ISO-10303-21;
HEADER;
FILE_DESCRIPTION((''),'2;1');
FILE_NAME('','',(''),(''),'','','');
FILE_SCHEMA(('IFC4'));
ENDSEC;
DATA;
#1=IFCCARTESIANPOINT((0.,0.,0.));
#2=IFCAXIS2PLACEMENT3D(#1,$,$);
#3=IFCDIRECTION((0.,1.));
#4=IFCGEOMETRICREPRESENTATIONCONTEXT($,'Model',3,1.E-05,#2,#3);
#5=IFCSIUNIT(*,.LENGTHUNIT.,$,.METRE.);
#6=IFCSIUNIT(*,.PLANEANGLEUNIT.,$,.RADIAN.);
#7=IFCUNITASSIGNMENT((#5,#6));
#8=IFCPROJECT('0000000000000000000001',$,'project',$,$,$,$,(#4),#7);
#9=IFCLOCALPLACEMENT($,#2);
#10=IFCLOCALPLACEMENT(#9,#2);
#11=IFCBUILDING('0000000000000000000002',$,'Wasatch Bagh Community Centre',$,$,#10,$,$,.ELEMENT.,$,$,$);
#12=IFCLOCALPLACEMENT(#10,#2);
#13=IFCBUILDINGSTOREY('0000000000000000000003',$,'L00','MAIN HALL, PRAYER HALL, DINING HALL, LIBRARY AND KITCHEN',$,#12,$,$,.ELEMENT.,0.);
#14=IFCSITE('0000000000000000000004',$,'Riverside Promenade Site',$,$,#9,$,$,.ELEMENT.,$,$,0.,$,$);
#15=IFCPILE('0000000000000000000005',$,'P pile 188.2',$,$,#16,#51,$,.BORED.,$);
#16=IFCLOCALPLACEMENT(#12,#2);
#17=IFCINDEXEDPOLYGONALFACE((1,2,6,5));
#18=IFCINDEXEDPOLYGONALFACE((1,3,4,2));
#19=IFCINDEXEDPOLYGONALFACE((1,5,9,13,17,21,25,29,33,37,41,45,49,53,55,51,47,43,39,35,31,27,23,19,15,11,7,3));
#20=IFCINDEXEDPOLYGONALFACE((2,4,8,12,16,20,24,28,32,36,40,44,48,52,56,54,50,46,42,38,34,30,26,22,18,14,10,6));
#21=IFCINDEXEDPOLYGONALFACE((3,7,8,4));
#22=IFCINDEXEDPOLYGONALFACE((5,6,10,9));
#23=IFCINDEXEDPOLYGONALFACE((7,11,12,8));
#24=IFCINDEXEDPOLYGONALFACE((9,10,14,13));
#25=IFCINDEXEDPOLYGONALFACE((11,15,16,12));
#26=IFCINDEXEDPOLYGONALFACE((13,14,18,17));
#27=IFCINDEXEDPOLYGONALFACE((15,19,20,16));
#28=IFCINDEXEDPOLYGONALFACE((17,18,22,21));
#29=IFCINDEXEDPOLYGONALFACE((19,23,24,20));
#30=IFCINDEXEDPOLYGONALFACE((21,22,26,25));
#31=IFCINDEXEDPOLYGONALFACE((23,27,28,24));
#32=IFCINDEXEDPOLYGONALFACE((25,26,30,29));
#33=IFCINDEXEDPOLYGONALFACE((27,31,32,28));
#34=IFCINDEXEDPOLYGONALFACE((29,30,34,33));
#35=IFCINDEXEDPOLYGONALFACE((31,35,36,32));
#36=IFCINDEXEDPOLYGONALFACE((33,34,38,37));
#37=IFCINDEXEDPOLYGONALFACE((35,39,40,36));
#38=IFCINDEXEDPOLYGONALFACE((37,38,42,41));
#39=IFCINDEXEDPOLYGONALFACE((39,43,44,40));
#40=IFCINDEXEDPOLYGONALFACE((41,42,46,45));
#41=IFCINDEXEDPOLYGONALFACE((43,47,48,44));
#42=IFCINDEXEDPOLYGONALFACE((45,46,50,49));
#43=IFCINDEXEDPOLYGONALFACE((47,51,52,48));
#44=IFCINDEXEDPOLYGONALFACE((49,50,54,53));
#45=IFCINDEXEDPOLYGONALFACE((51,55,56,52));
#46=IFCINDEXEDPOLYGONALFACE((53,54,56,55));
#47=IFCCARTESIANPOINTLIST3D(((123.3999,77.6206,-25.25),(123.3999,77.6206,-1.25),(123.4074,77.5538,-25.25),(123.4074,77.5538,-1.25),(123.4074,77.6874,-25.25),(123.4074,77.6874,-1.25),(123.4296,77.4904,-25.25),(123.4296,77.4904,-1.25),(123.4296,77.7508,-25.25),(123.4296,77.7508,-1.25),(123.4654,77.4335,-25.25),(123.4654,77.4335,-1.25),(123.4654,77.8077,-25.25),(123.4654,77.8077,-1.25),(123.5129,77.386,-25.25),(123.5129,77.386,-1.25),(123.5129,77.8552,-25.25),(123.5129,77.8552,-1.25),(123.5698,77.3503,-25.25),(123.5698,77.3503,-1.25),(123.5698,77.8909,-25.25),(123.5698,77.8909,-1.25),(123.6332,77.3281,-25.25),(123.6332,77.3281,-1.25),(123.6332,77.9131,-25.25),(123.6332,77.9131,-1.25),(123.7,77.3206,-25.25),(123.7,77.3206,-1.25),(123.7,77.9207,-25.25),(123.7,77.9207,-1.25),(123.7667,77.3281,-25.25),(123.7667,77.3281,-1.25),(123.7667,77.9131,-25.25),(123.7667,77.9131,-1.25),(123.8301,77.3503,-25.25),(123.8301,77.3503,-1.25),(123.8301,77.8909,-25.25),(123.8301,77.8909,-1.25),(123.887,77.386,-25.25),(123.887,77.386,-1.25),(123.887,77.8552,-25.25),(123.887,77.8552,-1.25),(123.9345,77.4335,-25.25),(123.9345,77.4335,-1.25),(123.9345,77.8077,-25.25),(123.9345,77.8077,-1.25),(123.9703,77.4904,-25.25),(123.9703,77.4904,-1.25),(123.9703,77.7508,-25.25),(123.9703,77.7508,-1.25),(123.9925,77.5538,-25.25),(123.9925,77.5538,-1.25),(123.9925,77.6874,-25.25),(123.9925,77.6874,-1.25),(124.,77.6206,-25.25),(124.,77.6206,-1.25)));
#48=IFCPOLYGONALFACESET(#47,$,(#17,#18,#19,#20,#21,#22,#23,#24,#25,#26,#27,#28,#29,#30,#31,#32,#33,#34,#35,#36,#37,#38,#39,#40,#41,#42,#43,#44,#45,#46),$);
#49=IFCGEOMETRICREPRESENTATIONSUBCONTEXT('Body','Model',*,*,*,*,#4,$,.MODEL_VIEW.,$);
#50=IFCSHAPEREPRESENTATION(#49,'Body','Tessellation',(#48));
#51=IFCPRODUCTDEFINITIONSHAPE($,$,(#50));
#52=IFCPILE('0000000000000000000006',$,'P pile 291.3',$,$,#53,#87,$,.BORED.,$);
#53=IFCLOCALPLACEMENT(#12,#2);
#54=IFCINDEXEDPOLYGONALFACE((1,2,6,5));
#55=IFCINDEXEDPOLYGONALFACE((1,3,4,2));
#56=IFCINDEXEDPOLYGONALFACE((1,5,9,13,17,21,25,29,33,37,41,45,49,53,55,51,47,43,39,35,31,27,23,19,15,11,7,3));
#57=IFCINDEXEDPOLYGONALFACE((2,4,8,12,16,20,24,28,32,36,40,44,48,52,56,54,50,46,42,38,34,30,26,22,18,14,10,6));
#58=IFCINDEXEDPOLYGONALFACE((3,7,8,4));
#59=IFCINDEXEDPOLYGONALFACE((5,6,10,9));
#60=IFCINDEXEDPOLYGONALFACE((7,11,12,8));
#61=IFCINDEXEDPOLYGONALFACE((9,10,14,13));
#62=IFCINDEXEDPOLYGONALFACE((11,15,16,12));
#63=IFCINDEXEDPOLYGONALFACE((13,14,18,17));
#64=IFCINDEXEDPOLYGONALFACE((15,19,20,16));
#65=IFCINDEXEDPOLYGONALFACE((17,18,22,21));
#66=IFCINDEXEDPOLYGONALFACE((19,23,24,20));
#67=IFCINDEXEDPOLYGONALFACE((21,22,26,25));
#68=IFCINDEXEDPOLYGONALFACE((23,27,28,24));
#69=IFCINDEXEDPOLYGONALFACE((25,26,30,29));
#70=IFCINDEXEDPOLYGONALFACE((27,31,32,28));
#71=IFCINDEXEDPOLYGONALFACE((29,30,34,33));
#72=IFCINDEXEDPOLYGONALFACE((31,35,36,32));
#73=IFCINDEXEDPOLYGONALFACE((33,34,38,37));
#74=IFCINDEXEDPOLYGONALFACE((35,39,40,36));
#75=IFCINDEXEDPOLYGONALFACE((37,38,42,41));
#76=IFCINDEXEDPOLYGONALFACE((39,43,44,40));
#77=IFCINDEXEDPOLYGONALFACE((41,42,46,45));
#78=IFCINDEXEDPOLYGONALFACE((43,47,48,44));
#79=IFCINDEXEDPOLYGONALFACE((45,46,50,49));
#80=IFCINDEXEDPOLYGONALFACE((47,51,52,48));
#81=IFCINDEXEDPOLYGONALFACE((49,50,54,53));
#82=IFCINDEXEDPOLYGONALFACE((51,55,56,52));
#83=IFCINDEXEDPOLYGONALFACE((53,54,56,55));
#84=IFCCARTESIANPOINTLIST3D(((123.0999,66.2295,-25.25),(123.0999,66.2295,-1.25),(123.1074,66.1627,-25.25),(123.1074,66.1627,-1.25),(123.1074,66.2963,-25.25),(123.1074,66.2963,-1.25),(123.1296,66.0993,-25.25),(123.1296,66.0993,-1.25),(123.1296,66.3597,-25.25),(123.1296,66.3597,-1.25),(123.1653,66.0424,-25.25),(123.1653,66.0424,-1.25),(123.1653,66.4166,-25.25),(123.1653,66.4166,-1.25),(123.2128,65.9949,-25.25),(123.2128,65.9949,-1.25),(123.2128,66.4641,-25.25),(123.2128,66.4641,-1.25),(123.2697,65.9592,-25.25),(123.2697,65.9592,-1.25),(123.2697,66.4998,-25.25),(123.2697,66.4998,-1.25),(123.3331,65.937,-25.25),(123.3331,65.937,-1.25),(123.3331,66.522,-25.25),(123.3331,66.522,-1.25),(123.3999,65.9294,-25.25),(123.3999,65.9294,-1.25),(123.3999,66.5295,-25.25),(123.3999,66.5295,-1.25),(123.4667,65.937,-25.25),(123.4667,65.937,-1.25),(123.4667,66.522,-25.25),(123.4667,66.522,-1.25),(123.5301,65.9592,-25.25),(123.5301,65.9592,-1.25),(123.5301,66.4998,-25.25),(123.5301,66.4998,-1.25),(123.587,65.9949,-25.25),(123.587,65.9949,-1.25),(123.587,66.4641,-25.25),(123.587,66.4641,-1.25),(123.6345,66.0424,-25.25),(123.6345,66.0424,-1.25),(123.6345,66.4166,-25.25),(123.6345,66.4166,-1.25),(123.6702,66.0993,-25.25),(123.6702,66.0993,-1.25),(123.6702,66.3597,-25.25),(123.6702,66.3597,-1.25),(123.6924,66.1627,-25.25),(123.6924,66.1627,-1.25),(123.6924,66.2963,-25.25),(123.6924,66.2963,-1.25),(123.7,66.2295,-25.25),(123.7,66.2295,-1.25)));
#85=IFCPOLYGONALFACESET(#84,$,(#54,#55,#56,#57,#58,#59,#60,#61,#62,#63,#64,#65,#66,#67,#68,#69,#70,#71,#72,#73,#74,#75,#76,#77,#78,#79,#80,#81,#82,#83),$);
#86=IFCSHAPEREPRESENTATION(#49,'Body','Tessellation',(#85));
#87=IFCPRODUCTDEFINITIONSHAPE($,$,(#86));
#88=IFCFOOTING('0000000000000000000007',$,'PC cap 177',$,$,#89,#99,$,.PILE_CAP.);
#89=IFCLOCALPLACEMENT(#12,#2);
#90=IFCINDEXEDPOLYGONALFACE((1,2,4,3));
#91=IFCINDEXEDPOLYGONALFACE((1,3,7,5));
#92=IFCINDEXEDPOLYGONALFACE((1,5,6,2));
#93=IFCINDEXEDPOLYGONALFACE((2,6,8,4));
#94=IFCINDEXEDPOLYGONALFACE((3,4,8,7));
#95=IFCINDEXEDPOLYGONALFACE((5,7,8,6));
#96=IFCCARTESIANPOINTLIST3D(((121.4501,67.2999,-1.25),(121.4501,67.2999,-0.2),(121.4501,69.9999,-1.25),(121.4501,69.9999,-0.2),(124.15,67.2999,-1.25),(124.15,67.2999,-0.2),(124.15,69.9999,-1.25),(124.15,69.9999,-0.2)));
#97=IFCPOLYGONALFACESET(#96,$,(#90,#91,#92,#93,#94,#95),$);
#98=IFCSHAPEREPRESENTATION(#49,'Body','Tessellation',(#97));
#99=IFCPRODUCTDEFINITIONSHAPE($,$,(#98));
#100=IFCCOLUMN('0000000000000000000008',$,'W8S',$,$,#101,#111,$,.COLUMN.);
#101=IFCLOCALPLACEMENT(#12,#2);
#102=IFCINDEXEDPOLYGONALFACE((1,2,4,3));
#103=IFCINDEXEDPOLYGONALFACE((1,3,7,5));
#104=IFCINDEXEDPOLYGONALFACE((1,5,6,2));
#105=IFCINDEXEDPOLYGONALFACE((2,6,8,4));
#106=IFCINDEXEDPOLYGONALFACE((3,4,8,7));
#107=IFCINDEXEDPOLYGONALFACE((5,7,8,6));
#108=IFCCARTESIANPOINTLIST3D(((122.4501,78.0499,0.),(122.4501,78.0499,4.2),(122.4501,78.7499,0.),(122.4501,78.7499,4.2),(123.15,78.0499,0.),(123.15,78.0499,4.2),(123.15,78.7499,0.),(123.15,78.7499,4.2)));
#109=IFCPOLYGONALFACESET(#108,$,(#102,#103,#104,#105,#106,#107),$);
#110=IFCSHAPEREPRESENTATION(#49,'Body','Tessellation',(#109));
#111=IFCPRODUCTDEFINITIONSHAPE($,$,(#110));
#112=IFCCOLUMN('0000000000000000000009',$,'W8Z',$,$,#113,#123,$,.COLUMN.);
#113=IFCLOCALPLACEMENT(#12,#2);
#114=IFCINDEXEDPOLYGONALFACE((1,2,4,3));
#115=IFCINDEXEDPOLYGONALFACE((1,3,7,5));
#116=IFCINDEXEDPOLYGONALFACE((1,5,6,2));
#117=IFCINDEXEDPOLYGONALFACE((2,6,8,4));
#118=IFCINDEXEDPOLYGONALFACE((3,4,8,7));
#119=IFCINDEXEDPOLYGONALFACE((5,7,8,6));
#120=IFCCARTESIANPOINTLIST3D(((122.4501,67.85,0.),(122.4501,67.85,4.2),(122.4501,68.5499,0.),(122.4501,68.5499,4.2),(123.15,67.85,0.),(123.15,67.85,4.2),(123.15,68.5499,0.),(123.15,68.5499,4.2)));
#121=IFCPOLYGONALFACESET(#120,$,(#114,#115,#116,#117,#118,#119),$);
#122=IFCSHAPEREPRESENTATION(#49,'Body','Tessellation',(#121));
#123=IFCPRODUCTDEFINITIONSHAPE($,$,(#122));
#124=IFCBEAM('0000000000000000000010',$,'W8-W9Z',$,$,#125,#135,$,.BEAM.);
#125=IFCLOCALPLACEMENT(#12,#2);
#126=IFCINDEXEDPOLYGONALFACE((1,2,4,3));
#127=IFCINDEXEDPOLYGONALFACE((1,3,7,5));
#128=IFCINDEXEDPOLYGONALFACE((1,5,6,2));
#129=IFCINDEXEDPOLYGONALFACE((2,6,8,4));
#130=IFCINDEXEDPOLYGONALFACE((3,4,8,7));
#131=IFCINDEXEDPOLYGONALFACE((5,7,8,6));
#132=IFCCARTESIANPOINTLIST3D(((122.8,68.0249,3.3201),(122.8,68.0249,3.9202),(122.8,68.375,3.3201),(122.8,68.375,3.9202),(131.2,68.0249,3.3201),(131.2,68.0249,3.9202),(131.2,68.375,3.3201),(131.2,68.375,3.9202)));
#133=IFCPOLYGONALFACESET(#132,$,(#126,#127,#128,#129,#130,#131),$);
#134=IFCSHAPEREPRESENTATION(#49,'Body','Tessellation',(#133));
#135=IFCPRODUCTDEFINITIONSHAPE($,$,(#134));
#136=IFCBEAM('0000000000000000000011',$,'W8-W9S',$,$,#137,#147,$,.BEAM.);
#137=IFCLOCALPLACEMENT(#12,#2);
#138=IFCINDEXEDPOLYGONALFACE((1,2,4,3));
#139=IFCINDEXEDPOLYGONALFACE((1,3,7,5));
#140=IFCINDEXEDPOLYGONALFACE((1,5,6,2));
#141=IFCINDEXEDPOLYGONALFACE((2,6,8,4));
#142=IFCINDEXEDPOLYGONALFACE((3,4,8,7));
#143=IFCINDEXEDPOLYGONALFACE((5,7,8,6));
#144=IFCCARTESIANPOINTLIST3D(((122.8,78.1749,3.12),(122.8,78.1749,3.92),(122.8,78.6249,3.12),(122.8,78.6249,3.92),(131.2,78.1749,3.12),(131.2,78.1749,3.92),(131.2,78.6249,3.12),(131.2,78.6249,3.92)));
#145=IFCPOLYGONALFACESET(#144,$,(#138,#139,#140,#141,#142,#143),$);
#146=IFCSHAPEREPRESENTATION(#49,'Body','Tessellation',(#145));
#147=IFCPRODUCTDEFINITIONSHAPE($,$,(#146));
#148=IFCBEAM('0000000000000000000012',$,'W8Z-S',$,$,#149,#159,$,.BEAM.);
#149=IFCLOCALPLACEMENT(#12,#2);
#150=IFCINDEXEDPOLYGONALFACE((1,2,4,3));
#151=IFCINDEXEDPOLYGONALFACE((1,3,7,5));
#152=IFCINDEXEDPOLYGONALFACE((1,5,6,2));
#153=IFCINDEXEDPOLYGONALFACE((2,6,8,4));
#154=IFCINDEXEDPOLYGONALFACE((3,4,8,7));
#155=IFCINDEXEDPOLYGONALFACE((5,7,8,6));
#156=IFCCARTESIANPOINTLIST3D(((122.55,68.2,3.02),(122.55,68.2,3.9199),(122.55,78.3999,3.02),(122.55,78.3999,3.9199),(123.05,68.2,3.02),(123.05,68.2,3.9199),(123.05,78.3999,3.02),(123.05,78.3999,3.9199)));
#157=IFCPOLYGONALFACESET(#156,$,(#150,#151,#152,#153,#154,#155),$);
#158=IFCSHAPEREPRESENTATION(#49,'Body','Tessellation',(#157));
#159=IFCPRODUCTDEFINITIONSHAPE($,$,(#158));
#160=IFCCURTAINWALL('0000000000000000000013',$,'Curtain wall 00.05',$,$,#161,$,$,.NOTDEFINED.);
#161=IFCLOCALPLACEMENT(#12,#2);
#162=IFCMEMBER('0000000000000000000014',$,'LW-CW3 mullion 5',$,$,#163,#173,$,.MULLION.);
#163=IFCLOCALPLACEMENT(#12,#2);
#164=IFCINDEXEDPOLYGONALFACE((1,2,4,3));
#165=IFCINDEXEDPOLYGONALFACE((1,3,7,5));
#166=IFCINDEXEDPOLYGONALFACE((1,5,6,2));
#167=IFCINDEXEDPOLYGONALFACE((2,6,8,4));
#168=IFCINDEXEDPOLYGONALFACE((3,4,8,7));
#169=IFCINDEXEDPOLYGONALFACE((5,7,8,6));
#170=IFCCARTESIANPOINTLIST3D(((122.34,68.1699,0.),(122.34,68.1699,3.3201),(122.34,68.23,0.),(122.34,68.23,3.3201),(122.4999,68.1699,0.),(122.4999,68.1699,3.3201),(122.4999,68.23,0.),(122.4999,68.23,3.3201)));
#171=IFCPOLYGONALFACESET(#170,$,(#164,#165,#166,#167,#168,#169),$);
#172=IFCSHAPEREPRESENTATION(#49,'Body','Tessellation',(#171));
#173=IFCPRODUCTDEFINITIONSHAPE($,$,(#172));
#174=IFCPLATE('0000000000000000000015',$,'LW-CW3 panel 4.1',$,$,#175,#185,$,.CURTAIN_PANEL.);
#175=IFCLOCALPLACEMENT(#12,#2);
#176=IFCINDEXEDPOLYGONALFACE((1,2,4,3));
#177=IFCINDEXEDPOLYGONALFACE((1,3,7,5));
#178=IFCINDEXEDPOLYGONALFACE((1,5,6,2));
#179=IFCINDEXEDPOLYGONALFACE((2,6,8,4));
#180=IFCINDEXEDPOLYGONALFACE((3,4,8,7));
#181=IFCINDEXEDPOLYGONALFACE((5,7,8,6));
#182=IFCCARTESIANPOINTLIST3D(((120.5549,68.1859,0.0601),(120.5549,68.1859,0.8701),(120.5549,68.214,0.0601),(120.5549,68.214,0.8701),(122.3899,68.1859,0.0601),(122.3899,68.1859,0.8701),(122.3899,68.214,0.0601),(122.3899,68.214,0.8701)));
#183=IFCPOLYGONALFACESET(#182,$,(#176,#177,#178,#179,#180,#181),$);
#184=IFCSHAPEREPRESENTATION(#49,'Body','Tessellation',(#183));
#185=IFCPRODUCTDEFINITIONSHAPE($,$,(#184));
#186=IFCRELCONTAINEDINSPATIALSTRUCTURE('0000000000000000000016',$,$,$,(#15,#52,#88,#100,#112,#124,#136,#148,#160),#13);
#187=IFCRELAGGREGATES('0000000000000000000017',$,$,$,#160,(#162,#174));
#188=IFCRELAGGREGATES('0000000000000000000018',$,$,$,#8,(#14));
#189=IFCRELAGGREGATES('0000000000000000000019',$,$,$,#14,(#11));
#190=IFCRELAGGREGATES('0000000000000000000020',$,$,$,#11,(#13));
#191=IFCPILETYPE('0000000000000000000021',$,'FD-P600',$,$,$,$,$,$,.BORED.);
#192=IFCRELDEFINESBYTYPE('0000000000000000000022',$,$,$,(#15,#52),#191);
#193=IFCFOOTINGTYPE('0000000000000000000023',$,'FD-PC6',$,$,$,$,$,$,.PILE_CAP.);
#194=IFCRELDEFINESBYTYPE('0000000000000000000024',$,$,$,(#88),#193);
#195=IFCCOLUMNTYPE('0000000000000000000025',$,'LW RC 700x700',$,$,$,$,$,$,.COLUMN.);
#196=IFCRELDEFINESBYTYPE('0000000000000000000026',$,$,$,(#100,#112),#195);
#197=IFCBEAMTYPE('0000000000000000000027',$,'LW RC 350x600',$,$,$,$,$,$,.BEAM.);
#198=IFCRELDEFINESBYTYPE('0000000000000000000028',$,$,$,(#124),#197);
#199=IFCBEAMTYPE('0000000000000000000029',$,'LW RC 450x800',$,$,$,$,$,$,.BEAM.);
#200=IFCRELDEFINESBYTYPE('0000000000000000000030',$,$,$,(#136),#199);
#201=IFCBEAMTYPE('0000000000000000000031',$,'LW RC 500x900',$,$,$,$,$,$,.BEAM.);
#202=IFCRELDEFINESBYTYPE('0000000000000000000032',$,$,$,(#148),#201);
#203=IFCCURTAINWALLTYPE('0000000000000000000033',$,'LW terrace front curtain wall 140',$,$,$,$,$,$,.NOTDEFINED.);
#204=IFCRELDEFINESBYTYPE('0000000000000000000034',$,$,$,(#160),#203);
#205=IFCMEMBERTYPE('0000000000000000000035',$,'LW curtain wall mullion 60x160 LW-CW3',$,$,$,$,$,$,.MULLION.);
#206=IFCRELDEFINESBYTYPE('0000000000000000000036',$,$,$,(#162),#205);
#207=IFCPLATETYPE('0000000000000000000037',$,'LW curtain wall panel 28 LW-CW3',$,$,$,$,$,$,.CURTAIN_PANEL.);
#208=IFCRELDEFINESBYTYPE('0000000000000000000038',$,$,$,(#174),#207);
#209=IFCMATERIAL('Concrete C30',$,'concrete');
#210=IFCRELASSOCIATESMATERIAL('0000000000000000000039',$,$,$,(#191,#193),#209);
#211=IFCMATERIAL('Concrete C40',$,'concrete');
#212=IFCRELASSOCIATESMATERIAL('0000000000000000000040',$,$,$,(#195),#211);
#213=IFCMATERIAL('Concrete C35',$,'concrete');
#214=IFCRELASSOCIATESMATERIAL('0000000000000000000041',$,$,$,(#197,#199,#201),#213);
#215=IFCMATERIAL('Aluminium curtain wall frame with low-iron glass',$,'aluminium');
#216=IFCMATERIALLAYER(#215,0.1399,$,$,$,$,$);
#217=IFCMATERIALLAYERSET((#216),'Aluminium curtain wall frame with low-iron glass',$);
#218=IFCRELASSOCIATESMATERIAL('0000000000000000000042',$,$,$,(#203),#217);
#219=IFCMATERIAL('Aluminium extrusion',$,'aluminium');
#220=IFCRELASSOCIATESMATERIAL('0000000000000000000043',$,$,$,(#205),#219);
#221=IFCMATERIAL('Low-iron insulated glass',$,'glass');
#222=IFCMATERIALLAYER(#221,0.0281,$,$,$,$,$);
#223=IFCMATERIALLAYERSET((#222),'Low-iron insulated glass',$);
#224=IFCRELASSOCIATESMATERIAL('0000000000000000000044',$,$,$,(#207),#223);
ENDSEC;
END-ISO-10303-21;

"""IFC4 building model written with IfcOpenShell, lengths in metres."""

from ifc_helpers import new_model, si_unit, direction, frame, origin, origin_2d, place, context, subcontext, project, spatial, rectangle, circle, extrude, material, layer, layer_set, material_profile, profile_set, type_object, element, aggregate, save


model = new_model("IFC4")

# Units and contexts
model_context = context("Model", 3, precision=1e-05, world=origin(), true_north=direction((0.0, 1.0)))
body_context = subcontext(model_context, "Body", "Model", "MODEL_VIEW")
ifc_project = project(units=[si_unit("LENGTHUNIT", "METRE"), si_unit("PLANEANGLEUNIT", "RADIAN")], contexts=[model_context])

# Site, building, storey
site_placement = place(None, origin())
site = spatial("IfcSite", under=ifc_project, at=site_placement, Name="Riverside Promenade Site", CompositionType="ELEMENT", RefElevation=0.0)
building_placement = place(site_placement, origin())
building = spatial("IfcBuilding", under=site, at=building_placement, Name="Wasatch Bagh Community Centre", CompositionType="ELEMENT")
storey_placement = place(building_placement, origin())
storey = spatial("IfcBuildingStorey", under=building, at=storey_placement, Name="L00", Description="MAIN HALL, PRAYER HALL, DINING HALL, LIBRARY AND KITCHEN", CompositionType="ELEMENT", Elevation=0.0)

# Piles
ifc_material_1 = material(Name="Concrete C30", Category="concrete")
ifc_material_profile_1 = material_profile(ifc_material_1, circle(Radius=0.3, at=origin_2d()), Name="RC D600")
ifc_profile_set_1 = profile_set([ifc_material_profile_1], Name="Concrete C30")
pile_type = type_object("IfcPileType", Name="FD-P600", PredefinedType="BORED", material=ifc_profile_set_1)
for number, where, z_axis, x_axis, name in (
    (1, (123.7, 77.6206, -1.25), (0.0, 0.0, -1.0), (1.0, 0.0, 0.0), "P pile 188.2"),
    (2, (123.3999, 66.2295, -1.25), (0.0, 0.0, -1.0), (1.0, 0.0, 0.0), "P pile 291.3"),
):
    element("IfcPile", number, at=place(storey_placement, frame(where, z_axis=z_axis, x_axis=x_axis)), inside=storey, type_object=pile_type, Name=name, PredefinedType="BORED", context=body_context, shape_type="SweptSolid", body=[
        extrude(circle(Radius=0.3, at=origin_2d()), origin(), (0.0, 0.0, 1.0), 24.0),
    ])

# Footing
footing_type = type_object("IfcFootingType", Name="FD-PC6", PredefinedType="PILE_CAP", material=ifc_material_1)
footing_placement = place(storey_placement, frame((122.8, 68.6499, -1.25), z_axis=(0.0, 0.0, 1.0), x_axis=(1.0, 0.0, 0.0)))
element("IfcFooting", 3, at=footing_placement, inside=storey, type_object=footing_type, Name="PC cap 177", PredefinedType="PILE_CAP", context=body_context, shape_type="SweptSolid", body=[
    extrude(rectangle(XDim=2.7, YDim=2.7, at=origin_2d()), origin(), (0.0, 0.0, 1.0), 1.05),
])

# Columns
ifc_material_2 = material(Name="Concrete C40", Category="concrete")
ifc_material_profile_2 = material_profile(ifc_material_2, rectangle(XDim=0.7, YDim=0.7, at=origin_2d()), Name="RC 700x700")
ifc_profile_set_2 = profile_set([ifc_material_profile_2], Name="Concrete C40")
column_type = type_object("IfcColumnType", Name="LW RC 700x700", PredefinedType="COLUMN", material=ifc_profile_set_2)
for number, where, z_axis, x_axis, name in (
    (4, (122.8, 78.3999, 0.0), (0.0, 0.0, 1.0), (1.0, 0.0, 0.0), "W8S"),
    (5, (122.8, 68.2, 0.0), (0.0, 0.0, 1.0), (1.0, 0.0, 0.0), "W8Z"),
):
    element("IfcColumn", number, at=place(storey_placement, frame(where, z_axis=z_axis, x_axis=x_axis)), inside=storey, type_object=column_type, Name=name, PredefinedType="COLUMN", context=body_context, shape_type="SweptSolid", body=[
        extrude(rectangle(XDim=0.7, YDim=0.7, at=origin_2d()), origin(), (0.0, 0.0, 1.0), 4.2),
    ])

# Beams
ifc_material_3 = material(Name="Concrete C35", Category="concrete")
ifc_material_profile_3 = material_profile(ifc_material_3, rectangle(XDim=0.3501, YDim=0.6001, at=origin_2d()), Name="RC 350x600")
ifc_profile_set_3 = profile_set([ifc_material_profile_3], Name="Concrete C35")
beam_type_1 = type_object("IfcBeamType", Name="LW RC 350x600", PredefinedType="BEAM", material=ifc_profile_set_3)
beam_1_placement = place(storey_placement, frame((122.8, 68.2, 3.6201), z_axis=(1.0, 0.0, 0.0), x_axis=(0.0, 1.0, 0.0)))
element("IfcBeam", 6, at=beam_1_placement, inside=storey, type_object=beam_type_1, Name="W8-W9Z", PredefinedType="BEAM", context=body_context, shape_type="SweptSolid", body=[
    extrude(rectangle(XDim=0.3501, YDim=0.6001, at=origin_2d()), origin(), (0.0, 0.0, 1.0), 8.3999),
])
ifc_material_profile_4 = material_profile(ifc_material_3, rectangle(XDim=0.45, YDim=0.8, at=origin_2d()), Name="RC 450x800")
ifc_profile_set_4 = profile_set([ifc_material_profile_4], Name="Concrete C35")
beam_type_2 = type_object("IfcBeamType", Name="LW RC 450x800", PredefinedType="BEAM", material=ifc_profile_set_4)
beam_2_placement = place(storey_placement, frame((122.8, 78.3999, 3.52), z_axis=(1.0, 0.0, 0.0), x_axis=(0.0, 1.0, 0.0)))
element("IfcBeam", 7, at=beam_2_placement, inside=storey, type_object=beam_type_2, Name="W8-W9S", PredefinedType="BEAM", context=body_context, shape_type="SweptSolid", body=[
    extrude(rectangle(XDim=0.45, YDim=0.8, at=origin_2d()), origin(), (0.0, 0.0, 1.0), 8.3999),
])
ifc_material_profile_5 = material_profile(ifc_material_3, rectangle(XDim=0.5, YDim=0.8999, at=origin_2d()), Name="RC 500x900")
ifc_profile_set_5 = profile_set([ifc_material_profile_5], Name="Concrete C35")
beam_type_3 = type_object("IfcBeamType", Name="LW RC 500x900", PredefinedType="BEAM", material=ifc_profile_set_5)
beam_3_placement = place(storey_placement, frame((122.8, 68.2, 3.47), z_axis=(0.0, 1.0, 0.0), x_axis=(-1.0, 0.0, 0.0)))
element("IfcBeam", 8, at=beam_3_placement, inside=storey, type_object=beam_type_3, Name="W8Z-S", PredefinedType="BEAM", context=body_context, shape_type="SweptSolid", body=[
    extrude(rectangle(XDim=0.5, YDim=0.8999, at=origin_2d()), origin(), (0.0, 0.0, 1.0), 10.2),
])

# Curtain wall, member, plate
ifc_material_4 = material(Name="Aluminium curtain wall frame with low-iron glass", Category="aluminium")
ifc_layer_1 = layer(ifc_material_4, 0.1399)
ifc_layer_set_1 = layer_set([ifc_layer_1], Name="Aluminium curtain wall frame with low-iron glass")
curtain_wall_type = type_object("IfcCurtainWallType", Name="LW terrace front curtain wall 140", PredefinedType="NOTDEFINED", material=ifc_layer_set_1)
curtain_wall_placement = place(storey_placement, origin())
curtain_wall = element("IfcCurtainWall", 9, at=curtain_wall_placement, inside=storey, type_object=curtain_wall_type, Name="Curtain wall 00.05", PredefinedType="NOTDEFINED")
ifc_material_5 = material(Name="Aluminium extrusion", Category="aluminium")
ifc_material_profile_6 = material_profile(ifc_material_5, rectangle(XDim=0.0601, YDim=0.1599, at=origin_2d()), Name="AL 60x160")
ifc_profile_set_6 = profile_set([ifc_material_profile_6], Name="Aluminium extrusion")
member_type = type_object("IfcMemberType", Name="LW curtain wall mullion 60x160 LW-CW3", PredefinedType="MULLION", material=ifc_profile_set_6)
member_placement = place(storey_placement, frame((122.4199, 68.2, 0.0), z_axis=(0.0, 0.0, 1.0), x_axis=(0.0, 1.0, 0.0)))
member = element("IfcMember", 10, at=member_placement, type_object=member_type, Name="LW-CW3 mullion 5", PredefinedType="MULLION", context=body_context, shape_type="SweptSolid", body=[
    extrude(rectangle(XDim=0.0601, YDim=0.1599, at=origin_2d()), origin(), (0.0, 0.0, 1.0), 3.3201),
])
ifc_material_6 = material(Name="Low-iron insulated glass", Category="glass")
ifc_layer_2 = layer(ifc_material_6, 0.0281)
ifc_layer_set_2 = layer_set([ifc_layer_2], Name="Low-iron insulated glass")
plate_type_1 = type_object("IfcPlateType", Name="LW curtain wall panel 28 LW-CW3", PredefinedType="CURTAIN_PANEL", material=ifc_layer_set_2)
plate_1_placement = place(storey_placement, frame((121.4724, 68.2, 0.0601), z_axis=(0.0, 0.0, 1.0), x_axis=(1.0, 0.0, 0.0)))
plate_1 = element("IfcPlate", 11, at=plate_1_placement, type_object=plate_type_1, Name="LW-CW3 panel 4.1", PredefinedType="CURTAIN_PANEL", context=body_context, shape_type="SweptSolid", body=[
    extrude(rectangle(XDim=1.835, YDim=0.0281, at=origin_2d()), origin(), (0.0, 0.0, 1.0), 0.8101),
])
aggregate(curtain_wall, [member, plate_1])

save(model, "model.ifc")
